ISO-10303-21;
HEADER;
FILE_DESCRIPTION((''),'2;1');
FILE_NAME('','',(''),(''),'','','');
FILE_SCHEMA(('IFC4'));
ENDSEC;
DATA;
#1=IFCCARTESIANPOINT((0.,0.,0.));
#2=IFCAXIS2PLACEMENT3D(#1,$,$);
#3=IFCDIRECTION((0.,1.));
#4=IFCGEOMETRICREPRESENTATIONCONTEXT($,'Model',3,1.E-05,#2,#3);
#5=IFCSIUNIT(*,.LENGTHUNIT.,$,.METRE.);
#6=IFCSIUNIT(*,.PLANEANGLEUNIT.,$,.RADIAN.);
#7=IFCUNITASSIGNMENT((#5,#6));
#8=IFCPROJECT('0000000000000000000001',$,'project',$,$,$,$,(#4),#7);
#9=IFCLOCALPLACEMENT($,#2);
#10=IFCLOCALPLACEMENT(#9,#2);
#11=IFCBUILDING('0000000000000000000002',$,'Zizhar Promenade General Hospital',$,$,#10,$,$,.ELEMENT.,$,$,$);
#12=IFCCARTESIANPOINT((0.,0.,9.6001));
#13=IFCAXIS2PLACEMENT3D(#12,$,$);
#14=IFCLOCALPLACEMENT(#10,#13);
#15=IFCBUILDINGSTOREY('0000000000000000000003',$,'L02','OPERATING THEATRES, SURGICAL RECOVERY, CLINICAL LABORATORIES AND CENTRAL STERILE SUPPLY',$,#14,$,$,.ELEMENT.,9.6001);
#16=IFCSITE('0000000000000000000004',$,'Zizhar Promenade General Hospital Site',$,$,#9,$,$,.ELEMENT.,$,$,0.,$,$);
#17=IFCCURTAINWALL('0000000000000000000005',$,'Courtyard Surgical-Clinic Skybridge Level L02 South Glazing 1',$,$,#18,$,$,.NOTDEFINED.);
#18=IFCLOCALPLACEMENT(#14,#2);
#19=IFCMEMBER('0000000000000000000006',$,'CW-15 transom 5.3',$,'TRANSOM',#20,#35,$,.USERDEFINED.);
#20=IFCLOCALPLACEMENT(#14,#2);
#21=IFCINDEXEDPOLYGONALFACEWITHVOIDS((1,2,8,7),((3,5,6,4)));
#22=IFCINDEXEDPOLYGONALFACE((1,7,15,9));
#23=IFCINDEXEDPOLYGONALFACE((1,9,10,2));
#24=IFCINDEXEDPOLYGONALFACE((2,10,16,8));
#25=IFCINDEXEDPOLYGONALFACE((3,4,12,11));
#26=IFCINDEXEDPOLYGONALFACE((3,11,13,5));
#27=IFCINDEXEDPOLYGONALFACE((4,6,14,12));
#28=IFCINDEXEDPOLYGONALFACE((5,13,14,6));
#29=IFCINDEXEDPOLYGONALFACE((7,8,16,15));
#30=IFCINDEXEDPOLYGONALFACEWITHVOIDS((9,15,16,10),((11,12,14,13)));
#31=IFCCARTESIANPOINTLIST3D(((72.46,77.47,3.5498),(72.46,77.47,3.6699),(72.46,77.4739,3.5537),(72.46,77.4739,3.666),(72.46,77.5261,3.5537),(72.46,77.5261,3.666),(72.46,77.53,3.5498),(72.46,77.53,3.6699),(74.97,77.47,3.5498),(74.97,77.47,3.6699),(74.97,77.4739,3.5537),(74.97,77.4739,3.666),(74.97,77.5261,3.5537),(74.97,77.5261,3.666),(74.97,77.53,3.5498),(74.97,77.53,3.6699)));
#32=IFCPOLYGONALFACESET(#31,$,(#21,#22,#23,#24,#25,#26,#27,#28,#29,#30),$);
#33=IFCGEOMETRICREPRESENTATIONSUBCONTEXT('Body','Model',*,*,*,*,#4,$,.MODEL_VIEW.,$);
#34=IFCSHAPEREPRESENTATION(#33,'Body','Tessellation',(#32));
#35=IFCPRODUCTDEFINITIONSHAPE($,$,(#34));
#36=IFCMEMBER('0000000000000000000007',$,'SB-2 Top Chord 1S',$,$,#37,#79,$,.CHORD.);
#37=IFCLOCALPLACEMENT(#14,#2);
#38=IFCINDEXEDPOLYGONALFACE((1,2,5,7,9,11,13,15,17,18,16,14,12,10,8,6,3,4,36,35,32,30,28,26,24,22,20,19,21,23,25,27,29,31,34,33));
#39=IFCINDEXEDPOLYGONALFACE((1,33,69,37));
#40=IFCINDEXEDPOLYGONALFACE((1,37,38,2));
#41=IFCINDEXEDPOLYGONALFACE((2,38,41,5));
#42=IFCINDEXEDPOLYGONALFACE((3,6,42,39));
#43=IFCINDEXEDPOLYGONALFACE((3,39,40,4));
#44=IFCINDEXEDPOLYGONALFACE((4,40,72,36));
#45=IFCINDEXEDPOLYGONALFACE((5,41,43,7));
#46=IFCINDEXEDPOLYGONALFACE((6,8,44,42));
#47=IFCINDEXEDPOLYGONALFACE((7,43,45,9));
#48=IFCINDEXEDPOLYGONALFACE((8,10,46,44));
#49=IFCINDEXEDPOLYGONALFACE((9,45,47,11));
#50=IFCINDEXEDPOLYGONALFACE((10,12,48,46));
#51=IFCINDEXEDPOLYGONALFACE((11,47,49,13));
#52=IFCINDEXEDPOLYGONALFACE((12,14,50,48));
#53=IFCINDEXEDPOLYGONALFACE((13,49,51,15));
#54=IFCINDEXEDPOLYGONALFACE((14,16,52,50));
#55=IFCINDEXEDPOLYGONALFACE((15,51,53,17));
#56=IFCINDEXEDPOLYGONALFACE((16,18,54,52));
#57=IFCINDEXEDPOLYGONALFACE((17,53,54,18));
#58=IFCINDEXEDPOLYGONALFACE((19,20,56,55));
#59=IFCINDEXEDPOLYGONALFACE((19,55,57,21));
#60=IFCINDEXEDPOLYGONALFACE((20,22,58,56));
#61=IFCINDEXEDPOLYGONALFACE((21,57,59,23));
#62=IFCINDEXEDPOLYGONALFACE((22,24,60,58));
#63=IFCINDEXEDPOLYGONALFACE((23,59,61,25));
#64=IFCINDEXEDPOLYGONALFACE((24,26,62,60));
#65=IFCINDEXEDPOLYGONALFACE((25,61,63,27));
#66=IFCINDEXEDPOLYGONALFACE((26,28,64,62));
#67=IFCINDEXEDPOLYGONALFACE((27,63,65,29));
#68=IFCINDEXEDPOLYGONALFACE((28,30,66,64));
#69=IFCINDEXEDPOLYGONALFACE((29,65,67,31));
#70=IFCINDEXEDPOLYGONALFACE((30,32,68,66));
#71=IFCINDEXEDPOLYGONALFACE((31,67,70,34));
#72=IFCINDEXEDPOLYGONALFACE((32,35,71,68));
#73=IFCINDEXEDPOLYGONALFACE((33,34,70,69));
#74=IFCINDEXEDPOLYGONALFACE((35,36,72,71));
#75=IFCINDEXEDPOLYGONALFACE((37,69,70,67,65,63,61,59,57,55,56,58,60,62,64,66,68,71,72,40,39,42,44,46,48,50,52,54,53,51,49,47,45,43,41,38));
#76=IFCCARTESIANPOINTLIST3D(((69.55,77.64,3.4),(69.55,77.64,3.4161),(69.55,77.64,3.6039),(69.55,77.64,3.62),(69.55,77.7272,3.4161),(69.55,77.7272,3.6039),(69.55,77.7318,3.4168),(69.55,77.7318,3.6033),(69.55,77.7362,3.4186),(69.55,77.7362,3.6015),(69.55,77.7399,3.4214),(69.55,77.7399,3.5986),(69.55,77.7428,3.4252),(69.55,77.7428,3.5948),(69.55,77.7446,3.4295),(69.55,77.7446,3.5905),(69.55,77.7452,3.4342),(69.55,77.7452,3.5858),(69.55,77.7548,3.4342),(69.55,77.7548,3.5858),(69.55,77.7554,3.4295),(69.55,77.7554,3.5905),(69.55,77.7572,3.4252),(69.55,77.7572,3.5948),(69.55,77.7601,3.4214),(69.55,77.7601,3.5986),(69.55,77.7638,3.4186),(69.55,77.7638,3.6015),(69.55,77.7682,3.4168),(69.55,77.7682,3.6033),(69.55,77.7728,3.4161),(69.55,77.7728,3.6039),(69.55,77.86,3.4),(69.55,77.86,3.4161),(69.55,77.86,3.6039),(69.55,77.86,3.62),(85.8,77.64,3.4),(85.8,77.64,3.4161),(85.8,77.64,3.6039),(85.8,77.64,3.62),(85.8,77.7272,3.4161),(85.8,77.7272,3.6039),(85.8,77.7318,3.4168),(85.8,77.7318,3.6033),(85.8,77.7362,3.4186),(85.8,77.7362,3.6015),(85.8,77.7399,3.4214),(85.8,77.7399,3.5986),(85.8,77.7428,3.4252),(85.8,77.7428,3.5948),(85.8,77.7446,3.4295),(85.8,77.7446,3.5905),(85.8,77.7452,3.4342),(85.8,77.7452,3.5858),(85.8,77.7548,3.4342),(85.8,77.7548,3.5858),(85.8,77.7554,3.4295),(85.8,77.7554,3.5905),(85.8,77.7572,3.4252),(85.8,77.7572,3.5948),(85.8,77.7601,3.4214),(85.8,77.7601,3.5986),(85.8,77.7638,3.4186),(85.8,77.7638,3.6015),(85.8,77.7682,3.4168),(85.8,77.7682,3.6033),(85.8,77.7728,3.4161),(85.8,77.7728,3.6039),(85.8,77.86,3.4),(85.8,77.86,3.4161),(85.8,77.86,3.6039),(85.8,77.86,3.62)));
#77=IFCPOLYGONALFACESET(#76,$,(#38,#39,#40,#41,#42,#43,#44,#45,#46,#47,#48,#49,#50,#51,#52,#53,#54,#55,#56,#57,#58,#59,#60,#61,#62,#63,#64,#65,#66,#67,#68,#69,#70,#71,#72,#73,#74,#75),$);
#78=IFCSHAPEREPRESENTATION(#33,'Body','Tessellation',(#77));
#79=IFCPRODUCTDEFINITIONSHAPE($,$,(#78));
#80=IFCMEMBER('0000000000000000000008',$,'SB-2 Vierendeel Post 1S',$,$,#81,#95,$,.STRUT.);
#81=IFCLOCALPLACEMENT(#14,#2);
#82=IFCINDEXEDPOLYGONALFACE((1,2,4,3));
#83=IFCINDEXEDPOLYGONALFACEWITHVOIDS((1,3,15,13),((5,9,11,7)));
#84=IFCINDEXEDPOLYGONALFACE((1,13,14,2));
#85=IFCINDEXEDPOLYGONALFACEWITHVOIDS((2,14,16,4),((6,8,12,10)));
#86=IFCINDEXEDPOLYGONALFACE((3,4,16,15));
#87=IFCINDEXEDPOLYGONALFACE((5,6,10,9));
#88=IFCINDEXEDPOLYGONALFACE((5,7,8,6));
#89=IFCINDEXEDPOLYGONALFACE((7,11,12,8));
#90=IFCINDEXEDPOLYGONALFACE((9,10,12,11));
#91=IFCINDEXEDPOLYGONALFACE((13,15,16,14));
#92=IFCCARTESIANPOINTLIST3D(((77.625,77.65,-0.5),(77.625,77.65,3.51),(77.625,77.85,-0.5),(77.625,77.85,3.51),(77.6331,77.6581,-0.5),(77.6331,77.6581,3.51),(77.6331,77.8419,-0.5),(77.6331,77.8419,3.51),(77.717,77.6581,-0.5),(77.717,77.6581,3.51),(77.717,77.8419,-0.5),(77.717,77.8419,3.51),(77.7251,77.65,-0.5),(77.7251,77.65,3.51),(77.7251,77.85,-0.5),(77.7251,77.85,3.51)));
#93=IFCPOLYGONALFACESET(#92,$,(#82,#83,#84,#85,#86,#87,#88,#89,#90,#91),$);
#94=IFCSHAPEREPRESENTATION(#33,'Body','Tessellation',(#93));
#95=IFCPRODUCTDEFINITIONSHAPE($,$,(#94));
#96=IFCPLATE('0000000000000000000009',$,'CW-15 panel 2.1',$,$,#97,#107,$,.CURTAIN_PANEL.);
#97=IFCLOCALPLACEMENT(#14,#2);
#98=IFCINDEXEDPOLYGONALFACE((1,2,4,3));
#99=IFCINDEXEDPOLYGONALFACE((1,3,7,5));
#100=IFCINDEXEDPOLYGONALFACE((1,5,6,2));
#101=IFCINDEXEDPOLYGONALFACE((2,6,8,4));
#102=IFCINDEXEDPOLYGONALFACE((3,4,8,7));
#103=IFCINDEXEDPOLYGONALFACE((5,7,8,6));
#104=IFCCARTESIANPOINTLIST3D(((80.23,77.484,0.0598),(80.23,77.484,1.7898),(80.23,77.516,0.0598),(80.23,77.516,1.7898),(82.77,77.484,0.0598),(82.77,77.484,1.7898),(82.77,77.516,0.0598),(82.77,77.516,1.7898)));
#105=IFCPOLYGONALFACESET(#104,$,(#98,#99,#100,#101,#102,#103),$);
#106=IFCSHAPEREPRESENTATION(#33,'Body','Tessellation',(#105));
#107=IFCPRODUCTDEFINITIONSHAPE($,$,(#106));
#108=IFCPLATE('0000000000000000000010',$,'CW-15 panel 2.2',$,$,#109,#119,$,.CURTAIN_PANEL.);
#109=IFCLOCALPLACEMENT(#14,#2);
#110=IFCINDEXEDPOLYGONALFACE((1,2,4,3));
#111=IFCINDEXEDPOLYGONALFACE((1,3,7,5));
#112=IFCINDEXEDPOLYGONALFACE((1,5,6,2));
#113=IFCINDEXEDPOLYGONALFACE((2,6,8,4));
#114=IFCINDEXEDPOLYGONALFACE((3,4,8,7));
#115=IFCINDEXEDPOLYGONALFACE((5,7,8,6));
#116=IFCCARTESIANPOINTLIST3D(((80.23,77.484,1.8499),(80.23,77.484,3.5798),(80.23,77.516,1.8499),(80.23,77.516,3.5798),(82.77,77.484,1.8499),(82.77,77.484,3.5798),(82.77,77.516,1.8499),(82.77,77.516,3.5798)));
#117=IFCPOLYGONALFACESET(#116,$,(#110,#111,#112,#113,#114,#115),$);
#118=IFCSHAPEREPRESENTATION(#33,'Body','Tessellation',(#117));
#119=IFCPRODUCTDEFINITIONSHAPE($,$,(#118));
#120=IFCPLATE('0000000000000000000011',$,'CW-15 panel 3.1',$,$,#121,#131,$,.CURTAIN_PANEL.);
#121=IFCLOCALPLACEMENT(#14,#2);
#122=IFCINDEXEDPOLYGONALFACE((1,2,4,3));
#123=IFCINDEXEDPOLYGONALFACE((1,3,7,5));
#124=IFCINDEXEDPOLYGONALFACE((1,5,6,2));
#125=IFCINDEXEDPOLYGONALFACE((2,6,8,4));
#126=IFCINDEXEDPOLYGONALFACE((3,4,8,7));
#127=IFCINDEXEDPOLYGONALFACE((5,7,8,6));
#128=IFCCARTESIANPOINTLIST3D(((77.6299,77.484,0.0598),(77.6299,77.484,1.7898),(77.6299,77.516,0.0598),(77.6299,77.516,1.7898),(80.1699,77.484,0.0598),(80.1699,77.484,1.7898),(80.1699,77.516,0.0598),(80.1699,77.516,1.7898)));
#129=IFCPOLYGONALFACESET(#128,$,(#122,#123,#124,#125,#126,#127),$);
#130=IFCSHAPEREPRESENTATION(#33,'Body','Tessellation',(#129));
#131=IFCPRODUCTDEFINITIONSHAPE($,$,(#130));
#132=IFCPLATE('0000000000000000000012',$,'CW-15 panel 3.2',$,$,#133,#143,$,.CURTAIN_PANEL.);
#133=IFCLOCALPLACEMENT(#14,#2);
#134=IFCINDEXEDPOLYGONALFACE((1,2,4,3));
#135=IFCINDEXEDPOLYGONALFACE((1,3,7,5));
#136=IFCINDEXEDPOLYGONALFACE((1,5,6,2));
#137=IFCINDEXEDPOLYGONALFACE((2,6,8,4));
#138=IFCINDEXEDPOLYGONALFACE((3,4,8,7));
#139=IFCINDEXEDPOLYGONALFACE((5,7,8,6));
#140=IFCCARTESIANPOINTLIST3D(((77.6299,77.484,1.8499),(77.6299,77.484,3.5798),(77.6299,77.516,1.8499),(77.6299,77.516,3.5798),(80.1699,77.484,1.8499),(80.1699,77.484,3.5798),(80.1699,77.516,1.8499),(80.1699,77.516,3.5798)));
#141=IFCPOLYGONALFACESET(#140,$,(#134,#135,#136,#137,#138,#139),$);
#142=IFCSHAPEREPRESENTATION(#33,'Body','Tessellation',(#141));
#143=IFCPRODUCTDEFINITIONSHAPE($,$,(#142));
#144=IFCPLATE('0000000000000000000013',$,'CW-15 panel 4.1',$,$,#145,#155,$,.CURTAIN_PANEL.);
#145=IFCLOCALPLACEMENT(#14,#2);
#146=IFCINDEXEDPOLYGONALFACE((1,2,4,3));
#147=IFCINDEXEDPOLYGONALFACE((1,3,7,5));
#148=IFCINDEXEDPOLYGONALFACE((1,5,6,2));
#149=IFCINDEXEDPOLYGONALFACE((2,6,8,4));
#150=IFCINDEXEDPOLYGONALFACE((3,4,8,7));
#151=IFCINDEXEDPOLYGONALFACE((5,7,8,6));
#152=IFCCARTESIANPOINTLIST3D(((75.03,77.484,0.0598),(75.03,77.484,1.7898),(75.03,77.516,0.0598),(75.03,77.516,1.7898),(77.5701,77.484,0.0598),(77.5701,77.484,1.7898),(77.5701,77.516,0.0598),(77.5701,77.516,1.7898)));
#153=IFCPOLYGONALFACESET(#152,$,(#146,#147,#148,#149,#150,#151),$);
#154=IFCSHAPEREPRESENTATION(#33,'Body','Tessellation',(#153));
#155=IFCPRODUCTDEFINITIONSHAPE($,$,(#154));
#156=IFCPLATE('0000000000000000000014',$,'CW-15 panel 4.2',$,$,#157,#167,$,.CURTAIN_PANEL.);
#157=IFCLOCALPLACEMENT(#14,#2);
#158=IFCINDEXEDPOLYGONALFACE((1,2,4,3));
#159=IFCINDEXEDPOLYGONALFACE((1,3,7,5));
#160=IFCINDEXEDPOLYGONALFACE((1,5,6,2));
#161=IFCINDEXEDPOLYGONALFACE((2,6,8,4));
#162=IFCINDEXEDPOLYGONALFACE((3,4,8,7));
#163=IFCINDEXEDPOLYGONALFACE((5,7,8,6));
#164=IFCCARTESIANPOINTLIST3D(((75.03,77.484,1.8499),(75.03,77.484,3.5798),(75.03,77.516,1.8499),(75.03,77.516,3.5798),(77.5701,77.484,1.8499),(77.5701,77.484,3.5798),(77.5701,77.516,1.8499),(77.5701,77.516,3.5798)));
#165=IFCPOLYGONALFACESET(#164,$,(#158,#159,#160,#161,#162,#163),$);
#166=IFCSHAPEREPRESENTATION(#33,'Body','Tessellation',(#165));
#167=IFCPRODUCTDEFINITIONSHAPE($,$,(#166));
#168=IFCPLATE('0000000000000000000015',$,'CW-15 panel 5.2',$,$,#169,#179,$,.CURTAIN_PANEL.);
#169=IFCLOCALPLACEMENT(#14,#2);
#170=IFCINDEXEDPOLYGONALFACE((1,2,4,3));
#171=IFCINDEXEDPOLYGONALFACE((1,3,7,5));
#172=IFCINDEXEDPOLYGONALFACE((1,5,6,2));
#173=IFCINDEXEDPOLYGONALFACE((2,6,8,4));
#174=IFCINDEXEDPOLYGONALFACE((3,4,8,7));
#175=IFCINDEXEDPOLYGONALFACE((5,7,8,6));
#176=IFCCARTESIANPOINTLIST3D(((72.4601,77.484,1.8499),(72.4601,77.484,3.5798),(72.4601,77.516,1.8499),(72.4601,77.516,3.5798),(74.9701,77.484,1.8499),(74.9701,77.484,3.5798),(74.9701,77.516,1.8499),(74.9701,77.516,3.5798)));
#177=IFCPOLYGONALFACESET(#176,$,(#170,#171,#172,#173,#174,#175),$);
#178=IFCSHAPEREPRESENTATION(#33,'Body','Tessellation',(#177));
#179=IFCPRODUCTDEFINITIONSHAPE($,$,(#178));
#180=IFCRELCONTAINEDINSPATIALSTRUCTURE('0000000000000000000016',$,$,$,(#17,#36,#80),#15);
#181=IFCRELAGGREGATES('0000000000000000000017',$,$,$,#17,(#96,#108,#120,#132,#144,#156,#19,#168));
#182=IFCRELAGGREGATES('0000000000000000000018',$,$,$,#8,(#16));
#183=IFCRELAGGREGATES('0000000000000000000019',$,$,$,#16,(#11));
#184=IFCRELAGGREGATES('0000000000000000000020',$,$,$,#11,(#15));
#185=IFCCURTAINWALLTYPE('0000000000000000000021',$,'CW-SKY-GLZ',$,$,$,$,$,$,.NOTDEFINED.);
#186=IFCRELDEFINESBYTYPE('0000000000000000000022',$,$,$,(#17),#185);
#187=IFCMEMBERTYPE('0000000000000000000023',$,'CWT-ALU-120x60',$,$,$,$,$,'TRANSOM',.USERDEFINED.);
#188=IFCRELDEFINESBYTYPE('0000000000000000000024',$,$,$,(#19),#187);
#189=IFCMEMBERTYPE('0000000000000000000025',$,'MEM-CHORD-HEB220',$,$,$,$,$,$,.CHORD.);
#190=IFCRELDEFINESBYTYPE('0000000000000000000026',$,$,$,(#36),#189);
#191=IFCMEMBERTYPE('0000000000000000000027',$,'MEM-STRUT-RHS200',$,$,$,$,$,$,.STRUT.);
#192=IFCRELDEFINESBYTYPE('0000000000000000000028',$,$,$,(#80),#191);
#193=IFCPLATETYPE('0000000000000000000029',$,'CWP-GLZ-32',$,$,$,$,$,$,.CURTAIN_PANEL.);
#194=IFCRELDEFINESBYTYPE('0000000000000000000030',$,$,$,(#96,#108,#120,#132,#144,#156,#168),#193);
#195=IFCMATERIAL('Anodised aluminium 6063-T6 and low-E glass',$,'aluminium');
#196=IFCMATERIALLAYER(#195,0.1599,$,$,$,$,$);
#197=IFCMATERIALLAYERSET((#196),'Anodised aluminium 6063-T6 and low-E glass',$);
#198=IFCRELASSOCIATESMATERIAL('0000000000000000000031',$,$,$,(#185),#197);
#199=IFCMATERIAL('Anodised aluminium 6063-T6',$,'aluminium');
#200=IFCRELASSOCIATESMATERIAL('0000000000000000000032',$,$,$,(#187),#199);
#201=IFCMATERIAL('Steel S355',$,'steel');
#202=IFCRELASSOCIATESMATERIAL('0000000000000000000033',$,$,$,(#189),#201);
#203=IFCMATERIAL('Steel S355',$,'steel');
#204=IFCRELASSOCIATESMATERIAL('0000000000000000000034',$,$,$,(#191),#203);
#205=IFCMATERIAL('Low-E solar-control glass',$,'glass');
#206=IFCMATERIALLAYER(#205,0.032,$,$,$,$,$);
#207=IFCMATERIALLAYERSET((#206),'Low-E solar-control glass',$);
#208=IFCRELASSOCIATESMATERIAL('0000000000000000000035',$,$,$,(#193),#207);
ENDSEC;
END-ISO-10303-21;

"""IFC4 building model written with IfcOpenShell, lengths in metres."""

from ifc_helpers import new_model, si_unit, direction, frame, origin, origin_2d, place, context, subcontext, project, spatial, rectangle, hollow_rectangle, i_section, extrude, material, layer, layer_set, material_profile, profile_set, type_object, element, aggregate, save


model = new_model("IFC4")

# Units and contexts
model_context = context("Model", 3, precision=1e-05, world=origin(), true_north=direction((0.0, 1.0)))
body_context = subcontext(model_context, "Body", "Model", "MODEL_VIEW")
ifc_project = project(units=[si_unit("LENGTHUNIT", "METRE"), si_unit("PLANEANGLEUNIT", "RADIAN")], contexts=[model_context])

# Site, building, storey
site_placement = place(None, origin())
site = spatial("IfcSite", under=ifc_project, at=site_placement, Name="Zizhar Promenade General Hospital Site", CompositionType="ELEMENT", RefElevation=0.0)
building_placement = place(site_placement, origin())
building = spatial("IfcBuilding", under=site, at=building_placement, Name="Zizhar Promenade General Hospital", CompositionType="ELEMENT")
storey_placement = place(building_placement, frame((0.0, 0.0, 9.6001)))
storey = spatial("IfcBuildingStorey", under=building, at=storey_placement, Name="L02", Description="OPERATING THEATRES, SURGICAL RECOVERY, CLINICAL LABORATORIES AND CENTRAL STERILE SUPPLY", CompositionType="ELEMENT", Elevation=9.6001)

# Curtain wall, member
ifc_material_1 = material(Name="Anodised aluminium 6063-T6 and low-E glass", Category="aluminium")
ifc_layer_1 = layer(ifc_material_1, 0.1599)
ifc_layer_set_1 = layer_set([ifc_layer_1], Name="Anodised aluminium 6063-T6 and low-E glass")
curtain_wall_type = type_object("IfcCurtainWallType", Name="CW-SKY-GLZ", PredefinedType="NOTDEFINED", material=ifc_layer_set_1)
curtain_wall_placement = place(storey_placement, origin())
curtain_wall = element("IfcCurtainWall", 1, at=curtain_wall_placement, inside=storey, type_object=curtain_wall_type, Name="Courtyard Surgical-Clinic Skybridge Level L02 South Glazing 1", PredefinedType="NOTDEFINED")
ifc_material_2 = material(Name="Anodised aluminium 6063-T6", Category="aluminium")
ifc_material_profile_1 = material_profile(ifc_material_2, hollow_rectangle(XDim=0.0601, YDim=0.1201, WallThickness=0.0039, at=origin_2d()))
ifc_profile_set_1 = profile_set([ifc_material_profile_1], Name="Anodised aluminium 6063-T6")
member_type_1 = type_object("IfcMemberType", Name="CWT-ALU-120x60", ElementType="TRANSOM", PredefinedType="USERDEFINED", material=ifc_profile_set_1)
member_1_placement = place(storey_placement, frame((74.97, 77.5, 3.6099), z_axis=(-1.0, 0.0, 0.0), x_axis=(0.0, -1.0, 0.0)))
member_1 = element("IfcMember", 2, at=member_1_placement, type_object=member_type_1, Name="CW-15 transom 5.3", ObjectType="TRANSOM", PredefinedType="USERDEFINED", context=body_context, shape_type="SweptSolid", body=[
    extrude(hollow_rectangle(XDim=0.0601, YDim=0.1201, WallThickness=0.0039, at=origin_2d()), origin(), (0.0, 0.0, 1.0), 2.51),
])

# Members
ifc_material_3 = material(Name="Steel S355", Category="steel")
ifc_material_profile_2 = material_profile(ifc_material_3, i_section(OverallWidth=0.22, OverallDepth=0.22, WebThickness=0.0095, FlangeThickness=0.0161, FilletRadius=0.0181, at=origin_2d()))
ifc_profile_set_2 = profile_set([ifc_material_profile_2], Name="Steel S355")
member_type_2 = type_object("IfcMemberType", Name="MEM-CHORD-HEB220", PredefinedType="CHORD", material=ifc_profile_set_2)
member_2_placement = place(storey_placement, frame((69.55, 77.75, 3.51), z_axis=(1.0, 0.0, 0.0), x_axis=(0.0, 1.0, 0.0)))
element("IfcMember", 3, at=member_2_placement, inside=storey, type_object=member_type_2, Name="SB-2 Top Chord 1S", PredefinedType="CHORD", context=body_context, shape_type="SweptSolid", body=[
    extrude(i_section(OverallWidth=0.22, OverallDepth=0.22, WebThickness=0.0095, FlangeThickness=0.0161, FilletRadius=0.0181, at=origin_2d()), origin(), (0.0, 0.0, 1.0), 16.25),
])
ifc_material_4 = material(Name="Steel S355", Category="steel")
ifc_material_profile_3 = material_profile(ifc_material_4, hollow_rectangle(XDim=0.1001, YDim=0.2, WallThickness=0.0081, at=origin_2d()))
ifc_profile_set_3 = profile_set([ifc_material_profile_3], Name="Steel S355")
member_type_3 = type_object("IfcMemberType", Name="MEM-STRUT-RHS200", PredefinedType="STRUT", material=ifc_profile_set_3)
member_3_placement = place(storey_placement, frame((77.675, 77.75, -0.5), z_axis=(0.0, 0.0, 1.0), x_axis=(1.0, 0.0, 0.0)))
element("IfcMember", 4, at=member_3_placement, inside=storey, type_object=member_type_3, Name="SB-2 Vierendeel Post 1S", PredefinedType="STRUT", context=body_context, shape_type="SweptSolid", body=[
    extrude(hollow_rectangle(XDim=0.1001, YDim=0.2, WallThickness=0.0081, at=origin_2d()), origin(), (0.0, 0.0, 1.0), 4.01),
])

# Plates
ifc_material_5 = material(Name="Low-E solar-control glass", Category="glass")
ifc_layer_2 = layer(ifc_material_5, 0.032)
ifc_layer_set_2 = layer_set([ifc_layer_2], Name="Low-E solar-control glass")
plate_type = type_object("IfcPlateType", Name="CWP-GLZ-32", PredefinedType="CURTAIN_PANEL", material=ifc_layer_set_2)
plate_1_placement = place(storey_placement, frame((81.5, 77.5, 0.0598), z_axis=(0.0, 0.0, 1.0), x_axis=(-1.0, 0.0, 0.0)))
plate_1 = element("IfcPlate", 5, at=plate_1_placement, type_object=plate_type, Name="CW-15 panel 2.1", PredefinedType="CURTAIN_PANEL", context=body_context, shape_type="SweptSolid", body=[
    extrude(rectangle(XDim=2.54, YDim=0.032, at=origin_2d()), origin(), (0.0, 0.0, 1.0), 1.73),
])
plate_2_placement = place(storey_placement, frame((81.5, 77.5, 1.8499), z_axis=(0.0, 0.0, 1.0), x_axis=(-1.0, 0.0, 0.0)))
plate_2 = element("IfcPlate", 6, at=plate_2_placement, type_object=plate_type, Name="CW-15 panel 2.2", PredefinedType="CURTAIN_PANEL", context=body_context, shape_type="SweptSolid", body=[
    extrude(rectangle(XDim=2.54, YDim=0.032, at=origin_2d()), origin(), (0.0, 0.0, 1.0), 1.73),
])
plate_3_placement = place(storey_placement, frame((78.8999, 77.5, 0.0598), z_axis=(0.0, 0.0, 1.0), x_axis=(-1.0, 0.0, 0.0)))
plate_3 = element("IfcPlate", 7, at=plate_3_placement, type_object=plate_type, Name="CW-15 panel 3.1", PredefinedType="CURTAIN_PANEL", context=body_context, shape_type="SweptSolid", body=[
    extrude(rectangle(XDim=2.54, YDim=0.032, at=origin_2d()), origin(), (0.0, 0.0, 1.0), 1.73),
])
plate_4_placement = place(storey_placement, frame((78.8999, 77.5, 1.8499), z_axis=(0.0, 0.0, 1.0), x_axis=(-1.0, 0.0, 0.0)))
plate_4 = element("IfcPlate", 8, at=plate_4_placement, type_object=plate_type, Name="CW-15 panel 3.2", PredefinedType="CURTAIN_PANEL", context=body_context, shape_type="SweptSolid", body=[
    extrude(rectangle(XDim=2.54, YDim=0.032, at=origin_2d()), origin(), (0.0, 0.0, 1.0), 1.73),
])
plate_5_placement = place(storey_placement, frame((76.3, 77.5, 0.0598), z_axis=(0.0, 0.0, 1.0), x_axis=(-1.0, 0.0, 0.0)))
plate_5 = element("IfcPlate", 9, at=plate_5_placement, type_object=plate_type, Name="CW-15 panel 4.1", PredefinedType="CURTAIN_PANEL", context=body_context, shape_type="SweptSolid", body=[
    extrude(rectangle(XDim=2.54, YDim=0.032, at=origin_2d()), origin(), (0.0, 0.0, 1.0), 1.73),
])
plate_6_placement = place(storey_placement, frame((76.3, 77.5, 1.8499), z_axis=(0.0, 0.0, 1.0), x_axis=(-1.0, 0.0, 0.0)))
plate_6 = element("IfcPlate", 10, at=plate_6_placement, type_object=plate_type, Name="CW-15 panel 4.2", PredefinedType="CURTAIN_PANEL", context=body_context, shape_type="SweptSolid", body=[
    extrude(rectangle(XDim=2.54, YDim=0.032, at=origin_2d()), origin(), (0.0, 0.0, 1.0), 1.73),
])
plate_7_placement = place(storey_placement, frame((73.7151, 77.5, 1.8499), z_axis=(0.0, 0.0, 1.0), x_axis=(-1.0, 0.0, 0.0)))
plate_7 = element("IfcPlate", 11, at=plate_7_placement, type_object=plate_type, Name="CW-15 panel 5.2", PredefinedType="CURTAIN_PANEL", context=body_context, shape_type="SweptSolid", body=[
    extrude(rectangle(XDim=2.51, YDim=0.032, at=origin_2d()), origin(), (0.0, 0.0, 1.0), 1.73),
])
aggregate(curtain_wall, [plate_1, plate_2, plate_3, plate_4, plate_5, plate_6, member_1, plate_7])

save(model, "model.ifc")
